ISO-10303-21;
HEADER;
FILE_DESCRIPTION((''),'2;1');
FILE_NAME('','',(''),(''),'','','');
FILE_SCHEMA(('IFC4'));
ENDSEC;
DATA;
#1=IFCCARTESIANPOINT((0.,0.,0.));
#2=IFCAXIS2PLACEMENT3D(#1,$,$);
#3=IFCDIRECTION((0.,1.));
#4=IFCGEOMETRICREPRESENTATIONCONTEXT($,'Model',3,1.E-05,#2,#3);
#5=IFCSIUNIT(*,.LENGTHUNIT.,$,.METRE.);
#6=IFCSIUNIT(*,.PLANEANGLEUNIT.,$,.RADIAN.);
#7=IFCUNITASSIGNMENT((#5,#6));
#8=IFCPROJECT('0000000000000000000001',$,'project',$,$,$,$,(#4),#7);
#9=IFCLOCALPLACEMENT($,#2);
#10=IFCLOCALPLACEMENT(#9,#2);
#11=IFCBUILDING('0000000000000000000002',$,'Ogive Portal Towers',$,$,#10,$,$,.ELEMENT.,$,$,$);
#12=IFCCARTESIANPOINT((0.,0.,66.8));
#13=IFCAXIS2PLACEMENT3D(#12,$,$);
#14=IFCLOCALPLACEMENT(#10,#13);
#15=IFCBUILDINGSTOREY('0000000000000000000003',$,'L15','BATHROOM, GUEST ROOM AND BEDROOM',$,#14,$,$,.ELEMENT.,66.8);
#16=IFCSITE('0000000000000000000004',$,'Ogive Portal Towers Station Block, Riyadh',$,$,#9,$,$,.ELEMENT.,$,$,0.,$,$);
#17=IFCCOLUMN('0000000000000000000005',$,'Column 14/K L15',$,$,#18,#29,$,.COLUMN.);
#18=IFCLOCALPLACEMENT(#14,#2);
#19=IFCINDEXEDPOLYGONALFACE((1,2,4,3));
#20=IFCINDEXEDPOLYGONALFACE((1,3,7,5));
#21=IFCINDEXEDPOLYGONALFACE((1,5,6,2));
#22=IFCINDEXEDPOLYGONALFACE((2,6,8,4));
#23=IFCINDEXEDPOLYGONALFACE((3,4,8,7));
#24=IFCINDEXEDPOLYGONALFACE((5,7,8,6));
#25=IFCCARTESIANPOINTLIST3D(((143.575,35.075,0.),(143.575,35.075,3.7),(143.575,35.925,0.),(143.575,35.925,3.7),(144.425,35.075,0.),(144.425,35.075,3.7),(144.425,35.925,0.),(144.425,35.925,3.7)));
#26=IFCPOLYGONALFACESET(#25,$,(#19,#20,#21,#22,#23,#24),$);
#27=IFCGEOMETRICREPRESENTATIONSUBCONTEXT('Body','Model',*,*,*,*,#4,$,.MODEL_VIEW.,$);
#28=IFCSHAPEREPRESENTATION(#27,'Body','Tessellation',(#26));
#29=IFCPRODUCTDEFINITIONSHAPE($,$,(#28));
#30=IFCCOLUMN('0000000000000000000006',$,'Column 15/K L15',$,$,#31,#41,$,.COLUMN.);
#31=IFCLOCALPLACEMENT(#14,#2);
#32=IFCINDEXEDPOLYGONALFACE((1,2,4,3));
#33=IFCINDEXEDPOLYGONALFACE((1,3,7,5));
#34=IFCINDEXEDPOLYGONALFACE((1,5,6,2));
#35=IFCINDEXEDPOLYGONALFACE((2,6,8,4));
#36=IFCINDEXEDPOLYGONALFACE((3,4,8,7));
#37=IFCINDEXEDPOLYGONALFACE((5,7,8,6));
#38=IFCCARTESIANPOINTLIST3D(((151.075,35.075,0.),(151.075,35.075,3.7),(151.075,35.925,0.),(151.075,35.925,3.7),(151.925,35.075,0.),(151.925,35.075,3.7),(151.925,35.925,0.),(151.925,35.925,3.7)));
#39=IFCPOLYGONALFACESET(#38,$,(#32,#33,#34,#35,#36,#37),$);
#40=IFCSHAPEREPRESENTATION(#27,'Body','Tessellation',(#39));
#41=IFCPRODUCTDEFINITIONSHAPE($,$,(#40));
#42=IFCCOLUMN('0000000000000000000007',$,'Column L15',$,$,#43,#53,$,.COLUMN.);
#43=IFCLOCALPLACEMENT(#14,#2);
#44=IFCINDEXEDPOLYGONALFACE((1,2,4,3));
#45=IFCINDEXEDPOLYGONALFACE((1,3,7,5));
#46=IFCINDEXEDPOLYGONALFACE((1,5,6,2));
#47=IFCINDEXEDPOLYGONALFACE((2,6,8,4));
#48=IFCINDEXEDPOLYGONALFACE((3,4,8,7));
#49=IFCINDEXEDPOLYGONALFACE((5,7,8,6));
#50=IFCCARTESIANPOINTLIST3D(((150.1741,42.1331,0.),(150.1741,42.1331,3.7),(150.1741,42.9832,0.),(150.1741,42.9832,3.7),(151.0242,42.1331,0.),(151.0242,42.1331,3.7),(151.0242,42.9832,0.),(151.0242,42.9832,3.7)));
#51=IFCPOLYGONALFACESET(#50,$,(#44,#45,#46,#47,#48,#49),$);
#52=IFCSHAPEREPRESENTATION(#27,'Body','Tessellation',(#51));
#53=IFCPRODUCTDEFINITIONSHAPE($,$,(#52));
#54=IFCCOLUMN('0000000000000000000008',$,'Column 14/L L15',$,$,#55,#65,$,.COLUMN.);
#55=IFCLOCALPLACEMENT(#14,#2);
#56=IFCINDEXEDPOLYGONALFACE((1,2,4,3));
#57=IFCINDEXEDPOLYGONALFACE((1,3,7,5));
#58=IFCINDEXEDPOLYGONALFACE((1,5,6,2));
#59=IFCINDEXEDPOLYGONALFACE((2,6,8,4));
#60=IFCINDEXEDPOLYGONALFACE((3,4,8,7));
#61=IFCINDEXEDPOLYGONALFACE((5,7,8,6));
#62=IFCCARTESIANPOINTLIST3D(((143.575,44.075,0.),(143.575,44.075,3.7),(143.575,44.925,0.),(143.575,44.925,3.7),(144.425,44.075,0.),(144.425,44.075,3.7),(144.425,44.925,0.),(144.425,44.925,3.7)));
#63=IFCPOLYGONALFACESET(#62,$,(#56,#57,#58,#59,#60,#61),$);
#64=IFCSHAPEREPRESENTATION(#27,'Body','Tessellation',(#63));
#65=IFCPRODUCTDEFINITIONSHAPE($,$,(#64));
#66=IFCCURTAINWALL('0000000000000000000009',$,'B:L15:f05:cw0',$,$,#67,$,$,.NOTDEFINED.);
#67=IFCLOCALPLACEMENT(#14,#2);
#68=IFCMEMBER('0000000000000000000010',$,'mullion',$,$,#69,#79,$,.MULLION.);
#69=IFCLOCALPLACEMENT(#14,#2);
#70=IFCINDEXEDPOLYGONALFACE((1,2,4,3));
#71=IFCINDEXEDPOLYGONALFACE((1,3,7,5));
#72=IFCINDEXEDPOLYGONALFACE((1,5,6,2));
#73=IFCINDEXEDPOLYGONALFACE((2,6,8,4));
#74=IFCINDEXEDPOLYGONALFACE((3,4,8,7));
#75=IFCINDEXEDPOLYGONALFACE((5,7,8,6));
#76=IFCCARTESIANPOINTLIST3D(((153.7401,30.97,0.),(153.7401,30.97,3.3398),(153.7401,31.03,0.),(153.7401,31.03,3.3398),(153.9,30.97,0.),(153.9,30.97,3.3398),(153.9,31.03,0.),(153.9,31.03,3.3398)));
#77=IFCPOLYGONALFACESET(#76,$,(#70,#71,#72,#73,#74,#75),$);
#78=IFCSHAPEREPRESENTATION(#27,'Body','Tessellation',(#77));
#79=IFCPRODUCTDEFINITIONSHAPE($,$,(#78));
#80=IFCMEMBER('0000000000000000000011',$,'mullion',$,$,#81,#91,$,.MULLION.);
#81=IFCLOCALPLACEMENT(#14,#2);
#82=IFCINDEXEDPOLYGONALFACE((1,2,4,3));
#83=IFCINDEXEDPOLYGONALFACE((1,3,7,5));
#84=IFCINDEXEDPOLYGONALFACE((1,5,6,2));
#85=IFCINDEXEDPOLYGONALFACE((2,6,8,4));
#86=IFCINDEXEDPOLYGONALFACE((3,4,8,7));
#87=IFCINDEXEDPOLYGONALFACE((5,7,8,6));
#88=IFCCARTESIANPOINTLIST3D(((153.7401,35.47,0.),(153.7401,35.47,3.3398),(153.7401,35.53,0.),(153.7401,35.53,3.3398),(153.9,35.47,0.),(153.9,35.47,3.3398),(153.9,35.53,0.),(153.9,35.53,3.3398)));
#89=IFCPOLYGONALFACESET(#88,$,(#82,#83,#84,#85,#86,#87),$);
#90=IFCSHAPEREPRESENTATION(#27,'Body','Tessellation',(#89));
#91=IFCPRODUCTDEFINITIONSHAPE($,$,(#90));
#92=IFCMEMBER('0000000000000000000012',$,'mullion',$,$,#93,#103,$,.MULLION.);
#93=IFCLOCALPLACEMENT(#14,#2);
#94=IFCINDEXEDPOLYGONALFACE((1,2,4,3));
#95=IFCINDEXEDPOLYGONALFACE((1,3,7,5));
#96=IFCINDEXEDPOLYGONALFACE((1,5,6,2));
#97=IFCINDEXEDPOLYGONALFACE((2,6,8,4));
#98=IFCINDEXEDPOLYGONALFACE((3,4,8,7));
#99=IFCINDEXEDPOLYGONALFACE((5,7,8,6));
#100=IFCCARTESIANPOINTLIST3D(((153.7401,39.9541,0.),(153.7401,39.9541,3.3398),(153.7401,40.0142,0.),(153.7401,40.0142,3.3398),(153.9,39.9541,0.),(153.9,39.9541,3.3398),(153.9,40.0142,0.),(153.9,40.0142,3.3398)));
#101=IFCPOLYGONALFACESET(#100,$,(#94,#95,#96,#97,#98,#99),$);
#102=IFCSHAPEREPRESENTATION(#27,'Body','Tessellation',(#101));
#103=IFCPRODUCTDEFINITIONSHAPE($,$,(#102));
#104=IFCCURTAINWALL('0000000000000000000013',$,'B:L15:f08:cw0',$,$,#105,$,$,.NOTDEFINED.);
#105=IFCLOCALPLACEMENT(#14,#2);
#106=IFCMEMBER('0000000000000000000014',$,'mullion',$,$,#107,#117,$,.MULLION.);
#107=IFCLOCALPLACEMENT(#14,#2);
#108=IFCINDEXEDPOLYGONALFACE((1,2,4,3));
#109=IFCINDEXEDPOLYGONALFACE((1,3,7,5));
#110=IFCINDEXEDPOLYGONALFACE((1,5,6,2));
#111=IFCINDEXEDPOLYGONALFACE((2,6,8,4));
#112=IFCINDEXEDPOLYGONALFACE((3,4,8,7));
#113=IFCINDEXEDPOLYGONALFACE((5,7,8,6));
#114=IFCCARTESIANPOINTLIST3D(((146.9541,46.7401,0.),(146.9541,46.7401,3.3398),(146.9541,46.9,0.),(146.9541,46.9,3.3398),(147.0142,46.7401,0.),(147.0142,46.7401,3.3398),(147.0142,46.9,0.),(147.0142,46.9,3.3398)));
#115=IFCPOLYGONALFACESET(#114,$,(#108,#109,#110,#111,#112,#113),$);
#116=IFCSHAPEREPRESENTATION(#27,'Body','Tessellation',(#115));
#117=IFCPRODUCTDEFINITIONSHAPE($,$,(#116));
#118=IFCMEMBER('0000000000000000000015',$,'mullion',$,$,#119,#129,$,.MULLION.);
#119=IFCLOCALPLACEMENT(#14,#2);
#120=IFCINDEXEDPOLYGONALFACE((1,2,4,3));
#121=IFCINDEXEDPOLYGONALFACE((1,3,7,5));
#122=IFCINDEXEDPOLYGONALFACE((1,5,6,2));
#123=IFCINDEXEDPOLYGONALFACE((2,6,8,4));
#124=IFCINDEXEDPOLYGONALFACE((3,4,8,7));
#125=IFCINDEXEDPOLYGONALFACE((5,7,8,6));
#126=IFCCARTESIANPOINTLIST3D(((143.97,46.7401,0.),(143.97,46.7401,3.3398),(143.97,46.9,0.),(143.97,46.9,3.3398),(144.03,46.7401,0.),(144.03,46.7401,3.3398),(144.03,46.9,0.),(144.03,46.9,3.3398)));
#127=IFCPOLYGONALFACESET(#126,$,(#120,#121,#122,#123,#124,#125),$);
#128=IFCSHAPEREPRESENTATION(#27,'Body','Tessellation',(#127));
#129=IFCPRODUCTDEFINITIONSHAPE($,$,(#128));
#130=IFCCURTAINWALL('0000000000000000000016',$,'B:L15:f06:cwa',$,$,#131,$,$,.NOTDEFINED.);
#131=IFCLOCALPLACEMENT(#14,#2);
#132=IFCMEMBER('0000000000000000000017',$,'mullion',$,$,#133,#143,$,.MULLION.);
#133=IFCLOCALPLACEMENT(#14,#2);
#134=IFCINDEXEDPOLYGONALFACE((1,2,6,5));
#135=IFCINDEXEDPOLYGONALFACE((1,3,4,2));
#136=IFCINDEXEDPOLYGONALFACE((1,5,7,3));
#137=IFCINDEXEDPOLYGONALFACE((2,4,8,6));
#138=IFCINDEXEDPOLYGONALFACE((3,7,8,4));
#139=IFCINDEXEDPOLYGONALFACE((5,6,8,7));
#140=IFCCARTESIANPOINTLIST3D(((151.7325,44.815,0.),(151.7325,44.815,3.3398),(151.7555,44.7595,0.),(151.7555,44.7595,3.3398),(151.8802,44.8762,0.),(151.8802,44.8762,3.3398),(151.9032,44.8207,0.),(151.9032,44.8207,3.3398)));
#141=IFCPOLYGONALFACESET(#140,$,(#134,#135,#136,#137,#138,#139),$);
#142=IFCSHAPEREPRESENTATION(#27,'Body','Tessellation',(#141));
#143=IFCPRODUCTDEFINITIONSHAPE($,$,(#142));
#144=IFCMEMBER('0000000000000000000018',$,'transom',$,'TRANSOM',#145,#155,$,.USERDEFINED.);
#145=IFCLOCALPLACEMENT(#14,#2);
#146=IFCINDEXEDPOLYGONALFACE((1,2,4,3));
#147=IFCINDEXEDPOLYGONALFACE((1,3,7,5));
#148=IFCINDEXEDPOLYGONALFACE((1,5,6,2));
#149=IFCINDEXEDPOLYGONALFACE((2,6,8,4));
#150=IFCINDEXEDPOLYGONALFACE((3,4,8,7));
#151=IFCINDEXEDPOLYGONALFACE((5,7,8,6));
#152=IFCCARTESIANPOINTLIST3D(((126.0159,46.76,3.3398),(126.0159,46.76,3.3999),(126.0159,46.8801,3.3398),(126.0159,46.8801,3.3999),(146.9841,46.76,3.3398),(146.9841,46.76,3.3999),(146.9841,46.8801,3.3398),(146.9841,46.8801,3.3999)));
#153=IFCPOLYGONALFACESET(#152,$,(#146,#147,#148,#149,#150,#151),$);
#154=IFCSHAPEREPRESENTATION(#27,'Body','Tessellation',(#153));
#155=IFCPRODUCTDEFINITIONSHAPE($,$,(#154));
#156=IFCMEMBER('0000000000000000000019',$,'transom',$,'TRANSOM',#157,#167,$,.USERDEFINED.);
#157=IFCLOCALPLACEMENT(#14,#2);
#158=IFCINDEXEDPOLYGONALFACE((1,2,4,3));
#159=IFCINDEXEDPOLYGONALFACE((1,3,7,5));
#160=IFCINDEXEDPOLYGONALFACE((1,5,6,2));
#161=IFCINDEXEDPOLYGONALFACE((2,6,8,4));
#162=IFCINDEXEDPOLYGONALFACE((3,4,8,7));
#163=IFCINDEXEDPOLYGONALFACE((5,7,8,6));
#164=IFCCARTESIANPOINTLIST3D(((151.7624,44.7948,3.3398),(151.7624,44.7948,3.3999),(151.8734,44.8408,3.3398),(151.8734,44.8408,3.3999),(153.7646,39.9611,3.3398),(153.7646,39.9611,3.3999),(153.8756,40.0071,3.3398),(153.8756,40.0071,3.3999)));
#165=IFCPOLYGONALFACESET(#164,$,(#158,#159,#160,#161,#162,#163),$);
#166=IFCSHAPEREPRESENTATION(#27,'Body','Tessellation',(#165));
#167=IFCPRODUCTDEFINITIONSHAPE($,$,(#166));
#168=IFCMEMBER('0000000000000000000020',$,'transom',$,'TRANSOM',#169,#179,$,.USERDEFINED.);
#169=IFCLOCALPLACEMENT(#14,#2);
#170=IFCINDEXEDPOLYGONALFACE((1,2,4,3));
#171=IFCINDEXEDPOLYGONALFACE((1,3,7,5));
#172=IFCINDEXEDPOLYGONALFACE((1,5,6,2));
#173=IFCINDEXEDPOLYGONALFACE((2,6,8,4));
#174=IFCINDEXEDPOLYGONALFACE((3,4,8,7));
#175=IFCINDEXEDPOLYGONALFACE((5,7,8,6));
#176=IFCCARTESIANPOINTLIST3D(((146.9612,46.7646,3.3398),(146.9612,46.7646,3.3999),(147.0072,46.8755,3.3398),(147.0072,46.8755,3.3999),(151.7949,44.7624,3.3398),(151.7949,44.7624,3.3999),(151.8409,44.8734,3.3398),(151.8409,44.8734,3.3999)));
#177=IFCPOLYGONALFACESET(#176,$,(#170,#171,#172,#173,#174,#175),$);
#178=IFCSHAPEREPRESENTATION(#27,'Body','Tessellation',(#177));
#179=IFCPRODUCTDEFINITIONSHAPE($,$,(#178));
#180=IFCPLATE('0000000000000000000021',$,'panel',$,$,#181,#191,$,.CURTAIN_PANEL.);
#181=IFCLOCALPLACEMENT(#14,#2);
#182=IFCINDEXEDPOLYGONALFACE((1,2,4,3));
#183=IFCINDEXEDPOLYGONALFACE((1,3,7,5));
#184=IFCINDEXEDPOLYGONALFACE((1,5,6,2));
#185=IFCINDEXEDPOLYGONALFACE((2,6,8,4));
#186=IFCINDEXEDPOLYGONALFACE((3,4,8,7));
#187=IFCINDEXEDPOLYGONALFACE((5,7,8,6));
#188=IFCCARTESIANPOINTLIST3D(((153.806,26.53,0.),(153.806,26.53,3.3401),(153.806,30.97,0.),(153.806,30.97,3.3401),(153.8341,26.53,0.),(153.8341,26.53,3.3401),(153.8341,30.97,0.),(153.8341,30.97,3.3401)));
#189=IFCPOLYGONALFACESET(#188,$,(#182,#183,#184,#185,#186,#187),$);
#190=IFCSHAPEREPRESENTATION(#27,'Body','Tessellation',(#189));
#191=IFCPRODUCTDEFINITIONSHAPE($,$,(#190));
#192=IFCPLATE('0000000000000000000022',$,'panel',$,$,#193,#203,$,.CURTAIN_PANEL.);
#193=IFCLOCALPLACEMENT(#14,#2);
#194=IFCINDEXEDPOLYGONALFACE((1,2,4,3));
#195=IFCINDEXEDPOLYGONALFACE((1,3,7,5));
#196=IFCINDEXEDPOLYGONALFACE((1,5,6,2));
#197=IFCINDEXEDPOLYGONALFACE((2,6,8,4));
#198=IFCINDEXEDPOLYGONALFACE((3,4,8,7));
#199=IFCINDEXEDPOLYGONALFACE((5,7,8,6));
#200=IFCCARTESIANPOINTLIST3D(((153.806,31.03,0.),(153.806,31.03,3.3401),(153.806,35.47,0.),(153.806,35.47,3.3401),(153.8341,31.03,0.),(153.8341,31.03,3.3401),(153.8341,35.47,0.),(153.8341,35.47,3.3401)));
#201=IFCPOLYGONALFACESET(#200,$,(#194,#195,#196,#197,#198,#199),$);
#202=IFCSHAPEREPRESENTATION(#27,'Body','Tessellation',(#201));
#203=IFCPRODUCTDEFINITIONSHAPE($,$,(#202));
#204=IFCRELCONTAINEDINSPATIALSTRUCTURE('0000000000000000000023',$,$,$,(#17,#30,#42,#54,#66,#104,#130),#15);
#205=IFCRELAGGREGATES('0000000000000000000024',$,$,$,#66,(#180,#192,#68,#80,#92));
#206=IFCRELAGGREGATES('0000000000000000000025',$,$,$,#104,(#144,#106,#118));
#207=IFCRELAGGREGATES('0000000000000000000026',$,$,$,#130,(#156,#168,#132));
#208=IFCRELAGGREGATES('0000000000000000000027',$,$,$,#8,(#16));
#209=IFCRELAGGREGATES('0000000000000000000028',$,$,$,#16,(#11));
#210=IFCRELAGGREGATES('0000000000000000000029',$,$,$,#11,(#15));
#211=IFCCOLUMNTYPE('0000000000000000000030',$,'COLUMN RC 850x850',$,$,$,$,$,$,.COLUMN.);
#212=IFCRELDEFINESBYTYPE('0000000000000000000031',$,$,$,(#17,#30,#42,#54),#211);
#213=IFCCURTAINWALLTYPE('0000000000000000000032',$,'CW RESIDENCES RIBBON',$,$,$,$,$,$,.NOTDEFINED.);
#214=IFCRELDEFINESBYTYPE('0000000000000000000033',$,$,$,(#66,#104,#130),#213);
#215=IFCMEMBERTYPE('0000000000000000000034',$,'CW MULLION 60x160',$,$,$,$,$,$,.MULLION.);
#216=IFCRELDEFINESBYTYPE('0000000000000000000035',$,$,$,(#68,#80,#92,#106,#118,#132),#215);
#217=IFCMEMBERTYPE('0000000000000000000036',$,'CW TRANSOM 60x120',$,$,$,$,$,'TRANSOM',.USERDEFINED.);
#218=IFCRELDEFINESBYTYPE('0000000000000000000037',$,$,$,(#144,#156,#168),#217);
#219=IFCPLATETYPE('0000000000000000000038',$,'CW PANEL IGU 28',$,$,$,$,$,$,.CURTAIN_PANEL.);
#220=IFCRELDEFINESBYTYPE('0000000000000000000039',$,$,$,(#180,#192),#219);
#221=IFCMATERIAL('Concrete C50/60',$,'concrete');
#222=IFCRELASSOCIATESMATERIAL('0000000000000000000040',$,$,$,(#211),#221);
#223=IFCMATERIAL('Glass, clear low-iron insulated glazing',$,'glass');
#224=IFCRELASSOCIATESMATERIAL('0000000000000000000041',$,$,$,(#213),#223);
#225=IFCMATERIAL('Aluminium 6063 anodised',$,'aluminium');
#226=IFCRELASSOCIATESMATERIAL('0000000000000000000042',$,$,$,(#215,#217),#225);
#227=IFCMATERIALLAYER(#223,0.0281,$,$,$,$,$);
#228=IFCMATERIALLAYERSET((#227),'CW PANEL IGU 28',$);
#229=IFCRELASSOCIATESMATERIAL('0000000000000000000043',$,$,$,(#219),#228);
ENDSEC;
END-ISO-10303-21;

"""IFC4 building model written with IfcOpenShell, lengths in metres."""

from ifc_helpers import new_model, si_unit, direction, frame, origin, origin_2d, place, context, subcontext, project, spatial, rectangle, extrude, material, layer, layer_set, material_profile, profile_set, type_object, element, aggregate, save


model = new_model("IFC4")

# Units and contexts
model_context = context("Model", 3, precision=1e-05, world=origin(), true_north=direction((0.0, 1.0)))
body_context = subcontext(model_context, "Body", "Model", "MODEL_VIEW")
ifc_project = project(units=[si_unit("LENGTHUNIT", "METRE"), si_unit("PLANEANGLEUNIT", "RADIAN")], contexts=[model_context])

# Site, building, storey
site_placement = place(None, origin())
site = spatial("IfcSite", under=ifc_project, at=site_placement, Name="Ogive Portal Towers Station Block, Riyadh", CompositionType="ELEMENT", RefElevation=0.0)
building_placement = place(site_placement, origin())
building = spatial("IfcBuilding", under=site, at=building_placement, Name="Ogive Portal Towers", CompositionType="ELEMENT")
storey_placement = place(building_placement, frame((0.0, 0.0, 66.8)))
storey = spatial("IfcBuildingStorey", under=building, at=storey_placement, Name="L15", Description="BATHROOM, GUEST ROOM AND BEDROOM", CompositionType="ELEMENT", Elevation=66.8)

# Columns
ifc_material_1 = material(Name="Concrete C50/60", Category="concrete")
ifc_material_profile_1 = material_profile(ifc_material_1, rectangle(XDim=0.8501, YDim=0.8501, at=origin_2d()), Name="RC 850x850")
ifc_profile_set_1 = profile_set([ifc_material_profile_1], Name="Concrete C50/60")
column_type = type_object("IfcColumnType", Name="COLUMN RC 850x850", PredefinedType="COLUMN", material=ifc_profile_set_1)
for number, where, z_axis, x_axis, name in (
    (1, (144.0, 35.5, 0.0), (0.0, 0.0, 1.0), (1.0, 0.0, 0.0), "Column 14/K L15"),
    (2, (151.5, 35.5, 0.0), (0.0, 0.0, 1.0), (1.0, 0.0, 0.0), "Column 15/K L15"),
    (3, (150.5991, 42.5581, 0.0), (0.0, 0.0, 1.0), (1.0, 0.0, 0.0), "Column L15"),
    (4, (144.0, 44.5, 0.0), (0.0, 0.0, 1.0), (1.0, 0.0, 0.0), "Column 14/L L15"),
):
    element("IfcColumn", number, at=place(storey_placement, frame(where, z_axis=z_axis, x_axis=x_axis)), inside=storey, type_object=column_type, Name=name, PredefinedType="COLUMN", context=body_context, shape_type="SweptSolid", body=[
        extrude(rectangle(XDim=0.8501, YDim=0.8501, at=origin_2d()), origin(), (0.0, 0.0, 1.0), 3.7),
    ])

# Curtain walls, members
ifc_material_2 = material(Name="Glass, clear low-iron insulated glazing", Category="glass")
curtain_wall_type = type_object("IfcCurtainWallType", Name="CW RESIDENCES RIBBON", PredefinedType="NOTDEFINED", material=ifc_material_2)
curtain_wall_1_placement = place(storey_placement, origin())
curtain_wall_1 = element("IfcCurtainWall", 5, at=curtain_wall_1_placement, inside=storey, type_object=curtain_wall_type, Name="B:L15:f05:cw0", PredefinedType="NOTDEFINED")
ifc_material_3 = material(Name="Aluminium 6063 anodised", Category="aluminium")
ifc_material_profile_2 = material_profile(ifc_material_3, rectangle(XDim=0.1599, YDim=0.0601, at=origin_2d()), Name="AL 60x160")
ifc_profile_set_2 = profile_set([ifc_material_profile_2], Name="Aluminium 6063 anodised")
member_type_1 = type_object("IfcMemberType", Name="CW MULLION 60x160", PredefinedType="MULLION", material=ifc_profile_set_2)
member_1_placement = place(storey_placement, frame((153.8201, 31.0, 0.0), z_axis=(0.0, 0.0, 1.0), x_axis=(-1.0, 0.0, 0.0)))
member_1 = element("IfcMember", 6, at=member_1_placement, type_object=member_type_1, Name="mullion", PredefinedType="MULLION", context=body_context, shape_type="SweptSolid", body=[
    extrude(rectangle(XDim=0.1599, YDim=0.0601, at=origin_2d()), origin(), (0.0, 0.0, 1.0), 3.3398),
])
member_2_placement = place(storey_placement, frame((153.8201, 35.5, 0.0), z_axis=(0.0, 0.0, 1.0), x_axis=(-1.0, 0.0, 0.0)))
member_2 = element("IfcMember", 7, at=member_2_placement, type_object=member_type_1, Name="mullion", PredefinedType="MULLION", context=body_context, shape_type="SweptSolid", body=[
    extrude(rectangle(XDim=0.1599, YDim=0.0601, at=origin_2d()), origin(), (0.0, 0.0, 1.0), 3.3398),
])
member_3_placement = place(storey_placement, frame((153.8201, 39.9841, 0.0), z_axis=(0.0, 0.0, 1.0), x_axis=(-1.0, 0.0, 0.0)))
member_3 = element("IfcMember", 8, at=member_3_placement, type_object=member_type_1, Name="mullion", PredefinedType="MULLION", context=body_context, shape_type="SweptSolid", body=[
    extrude(rectangle(XDim=0.1599, YDim=0.0601, at=origin_2d()), origin(), (0.0, 0.0, 1.0), 3.3398),
])
curtain_wall_2_placement = place(storey_placement, origin())
curtain_wall_2 = element("IfcCurtainWall", 9, at=curtain_wall_2_placement, inside=storey, type_object=curtain_wall_type, Name="B:L15:f08:cw0", PredefinedType="NOTDEFINED")
member_4_placement = place(storey_placement, frame((146.9841, 46.8201, 0.0), z_axis=(0.0, 0.0, 1.0), x_axis=(0.0, -1.0, 0.0)))
member_4 = element("IfcMember", 10, at=member_4_placement, type_object=member_type_1, Name="mullion", PredefinedType="MULLION", context=body_context, shape_type="SweptSolid", body=[
    extrude(rectangle(XDim=0.1599, YDim=0.0601, at=origin_2d()), origin(), (0.0, 0.0, 1.0), 3.3398),
])
member_5_placement = place(storey_placement, frame((144.0, 46.8201, 0.0), z_axis=(0.0, 0.0, 1.0), x_axis=(0.0, -1.0, 0.0)))
member_5 = element("IfcMember", 11, at=member_5_placement, type_object=member_type_1, Name="mullion", PredefinedType="MULLION", context=body_context, shape_type="SweptSolid", body=[
    extrude(rectangle(XDim=0.1599, YDim=0.0601, at=origin_2d()), origin(), (0.0, 0.0, 1.0), 3.3398),
])

# Curtain wall, member
curtain_wall_3_placement = place(storey_placement, origin())
curtain_wall_3 = element("IfcCurtainWall", 12, at=curtain_wall_3_placement, inside=storey, type_object=curtain_wall_type, Name="B:L15:f06:cwa", PredefinedType="NOTDEFINED")
member_6_placement = place(storey_placement, frame((151.8179, 44.8179, 0.0), z_axis=(0.0, 0.0, 1.0), x_axis=(-0.92388, -0.382683, 0.0)))
member_6 = element("IfcMember", 13, at=member_6_placement, type_object=member_type_1, Name="mullion", PredefinedType="MULLION", context=body_context, shape_type="SweptSolid", body=[
    extrude(rectangle(XDim=0.1599, YDim=0.0601, at=origin_2d()), origin(), (0.0, 0.0, 1.0), 3.3398),
])

# Members
ifc_material_profile_3 = material_profile(ifc_material_3, rectangle(XDim=0.1201, YDim=0.0601, at=origin_2d()), Name="AL 120x60")
ifc_profile_set_3 = profile_set([ifc_material_profile_3], Name="Aluminium 6063 anodised")
member_type_2 = type_object("IfcMemberType", Name="CW TRANSOM 60x120", ElementType="TRANSOM", PredefinedType="USERDEFINED", material=ifc_profile_set_3)
member_7_placement = place(storey_placement, frame((146.9841, 46.8201, 3.3699), z_axis=(-1.0, 0.0, 0.0), x_axis=(0.0, -1.0, 0.0)))
member_7 = element("IfcMember", 14, at=member_7_placement, type_object=member_type_2, Name="transom", ObjectType="TRANSOM", PredefinedType="USERDEFINED", context=body_context, shape_type="SweptSolid", body=[
    extrude(rectangle(XDim=0.1201, YDim=0.0601, at=origin_2d()), origin(), (0.0, 0.0, 1.0), 20.9683),
])
member_8_placement = place(storey_placement, frame((153.8201, 39.9841, 3.3699), z_axis=(-0.382683, 0.92388, 0.0), x_axis=(-0.92388, -0.382683, 0.0)))
member_8 = element("IfcMember", 15, at=member_8_placement, type_object=member_type_2, Name="transom", ObjectType="TRANSOM", PredefinedType="USERDEFINED", context=body_context, shape_type="SweptSolid", body=[
    extrude(rectangle(XDim=0.1201, YDim=0.0601, at=origin_2d()), origin(), (0.0, 0.0, 1.0), 5.2319),
])
member_9_placement = place(storey_placement, frame((151.8179, 44.8179, 3.3699), z_axis=(-0.92388, 0.382683, 0.0), x_axis=(-0.382683, -0.92388, 0.0)))
member_9 = element("IfcMember", 16, at=member_9_placement, type_object=member_type_2, Name="transom", ObjectType="TRANSOM", PredefinedType="USERDEFINED", context=body_context, shape_type="SweptSolid", body=[
    extrude(rectangle(XDim=0.1201, YDim=0.0601, at=origin_2d()), origin(), (0.0, 0.0, 1.0), 5.2319),
])

# Plates
ifc_layer_1 = layer(ifc_material_2, 0.0281)
ifc_layer_set_1 = layer_set([ifc_layer_1], Name="CW PANEL IGU 28")
plate_type = type_object("IfcPlateType", Name="CW PANEL IGU 28", PredefinedType="CURTAIN_PANEL", material=ifc_layer_set_1)
plate_1_placement = place(storey_placement, frame((153.8201, 28.75, 0.0), z_axis=(0.0, 0.0, 1.0), x_axis=(0.0, 1.0, 0.0)))
plate_1 = element("IfcPlate", 17, at=plate_1_placement, type_object=plate_type, Name="panel", PredefinedType="CURTAIN_PANEL", context=body_context, shape_type="SweptSolid", body=[
    extrude(rectangle(XDim=4.4399, YDim=0.0281, at=origin_2d()), origin(), (0.0, 0.0, 1.0), 3.3401),
])
plate_2_placement = place(storey_placement, frame((153.8201, 33.25, 0.0), z_axis=(0.0, 0.0, 1.0), x_axis=(0.0, 1.0, 0.0)))
plate_2 = element("IfcPlate", 18, at=plate_2_placement, type_object=plate_type, Name="panel", PredefinedType="CURTAIN_PANEL", context=body_context, shape_type="SweptSolid", body=[
    extrude(rectangle(XDim=4.4399, YDim=0.0281, at=origin_2d()), origin(), (0.0, 0.0, 1.0), 3.3401),
])
aggregate(curtain_wall_1, [plate_1, plate_2, member_1, member_2, member_3])
aggregate(curtain_wall_2, [member_7, member_4, member_5])
aggregate(curtain_wall_3, [member_8, member_9, member_6])

save(model, "model.ifc")
